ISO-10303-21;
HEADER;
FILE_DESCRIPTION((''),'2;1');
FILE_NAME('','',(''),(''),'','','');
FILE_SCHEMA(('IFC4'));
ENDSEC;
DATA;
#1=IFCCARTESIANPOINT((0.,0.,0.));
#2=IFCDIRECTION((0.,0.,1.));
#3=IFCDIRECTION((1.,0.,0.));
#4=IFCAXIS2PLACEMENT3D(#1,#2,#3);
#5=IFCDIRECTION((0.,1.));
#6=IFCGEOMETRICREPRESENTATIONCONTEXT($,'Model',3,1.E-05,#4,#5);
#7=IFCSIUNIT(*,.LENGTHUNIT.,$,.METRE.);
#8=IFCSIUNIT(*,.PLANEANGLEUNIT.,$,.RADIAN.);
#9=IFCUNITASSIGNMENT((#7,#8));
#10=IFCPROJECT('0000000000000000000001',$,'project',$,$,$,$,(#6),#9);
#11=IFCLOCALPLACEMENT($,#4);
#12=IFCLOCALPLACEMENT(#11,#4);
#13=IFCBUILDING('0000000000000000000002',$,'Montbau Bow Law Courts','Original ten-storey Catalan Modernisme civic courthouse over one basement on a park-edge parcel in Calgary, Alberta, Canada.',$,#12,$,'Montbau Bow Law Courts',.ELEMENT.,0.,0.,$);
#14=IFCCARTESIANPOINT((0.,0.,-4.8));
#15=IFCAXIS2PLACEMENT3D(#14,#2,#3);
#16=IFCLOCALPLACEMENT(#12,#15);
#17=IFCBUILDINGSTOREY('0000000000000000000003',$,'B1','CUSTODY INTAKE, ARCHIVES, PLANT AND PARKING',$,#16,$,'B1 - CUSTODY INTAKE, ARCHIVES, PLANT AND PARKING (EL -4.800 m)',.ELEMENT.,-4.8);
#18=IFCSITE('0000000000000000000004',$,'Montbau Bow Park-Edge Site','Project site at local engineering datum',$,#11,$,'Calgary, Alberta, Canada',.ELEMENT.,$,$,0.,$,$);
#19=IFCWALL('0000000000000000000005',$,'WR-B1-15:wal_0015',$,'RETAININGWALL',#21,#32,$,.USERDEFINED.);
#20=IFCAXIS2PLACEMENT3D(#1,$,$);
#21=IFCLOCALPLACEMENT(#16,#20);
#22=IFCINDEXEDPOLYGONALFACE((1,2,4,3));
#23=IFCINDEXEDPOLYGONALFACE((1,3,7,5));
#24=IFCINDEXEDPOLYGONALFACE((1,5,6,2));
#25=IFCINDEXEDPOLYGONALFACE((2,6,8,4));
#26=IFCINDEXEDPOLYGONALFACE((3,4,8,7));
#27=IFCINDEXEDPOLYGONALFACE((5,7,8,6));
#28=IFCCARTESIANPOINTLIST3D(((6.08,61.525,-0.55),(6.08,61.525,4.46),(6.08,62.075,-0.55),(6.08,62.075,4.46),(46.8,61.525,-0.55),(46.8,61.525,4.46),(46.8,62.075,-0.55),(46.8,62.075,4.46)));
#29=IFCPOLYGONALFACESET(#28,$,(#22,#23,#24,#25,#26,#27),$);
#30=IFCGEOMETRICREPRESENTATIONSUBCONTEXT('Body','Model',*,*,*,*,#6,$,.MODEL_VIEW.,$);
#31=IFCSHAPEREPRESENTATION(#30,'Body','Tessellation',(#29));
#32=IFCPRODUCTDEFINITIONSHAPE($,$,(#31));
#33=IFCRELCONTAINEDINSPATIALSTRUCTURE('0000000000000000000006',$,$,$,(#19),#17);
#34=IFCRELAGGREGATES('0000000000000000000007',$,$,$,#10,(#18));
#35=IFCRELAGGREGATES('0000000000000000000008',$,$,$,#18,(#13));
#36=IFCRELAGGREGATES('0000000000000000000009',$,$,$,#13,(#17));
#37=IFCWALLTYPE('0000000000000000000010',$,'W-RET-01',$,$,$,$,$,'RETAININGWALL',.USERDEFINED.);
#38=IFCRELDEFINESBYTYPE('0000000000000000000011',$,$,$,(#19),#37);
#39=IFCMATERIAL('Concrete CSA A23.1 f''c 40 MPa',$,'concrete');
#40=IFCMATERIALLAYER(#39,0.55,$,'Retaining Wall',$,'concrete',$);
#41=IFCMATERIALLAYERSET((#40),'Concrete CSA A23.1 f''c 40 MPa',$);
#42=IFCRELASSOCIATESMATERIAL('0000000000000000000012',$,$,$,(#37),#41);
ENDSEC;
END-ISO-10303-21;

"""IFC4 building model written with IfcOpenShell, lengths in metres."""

from ifc_helpers import new_model, si_unit, direction, frame, frame_2d, origin_with_axes, place, context, subcontext, project, spatial, rectangle, extrude, material, layer, layer_set, type_object, element, save


model = new_model("IFC4")

# Units and contexts
model_context = context("Model", 3, precision=1e-05, world=origin_with_axes(), true_north=direction((0.0, 1.0)))
body_context = subcontext(model_context, "Body", "Model", "MODEL_VIEW")
ifc_project = project(units=[si_unit("LENGTHUNIT", "METRE"), si_unit("PLANEANGLEUNIT", "RADIAN")], contexts=[model_context])

# Site, building, storey
site_placement = place(None, origin_with_axes())
site = spatial("IfcSite", under=ifc_project, at=site_placement, Name="Montbau Bow Park-Edge Site", Description="Project site at local engineering datum", LongName="Calgary, Alberta, Canada", CompositionType="ELEMENT", RefElevation=0.0)
building_placement = place(site_placement, origin_with_axes())
building = spatial("IfcBuilding", under=site, at=building_placement, Name="Montbau Bow Law Courts", Description="Original ten-storey Catalan Modernisme civic courthouse over one basement on a park-edge parcel in Calgary, Alberta, Canada.", LongName="Montbau Bow Law Courts", CompositionType="ELEMENT", ElevationOfRefHeight=0.0, ElevationOfTerrain=0.0)
storey_placement = place(building_placement, frame((0.0, 0.0, -4.8), z_axis=(0.0, 0.0, 1.0), x_axis=(1.0, 0.0, 0.0)))
storey = spatial("IfcBuildingStorey", under=building, at=storey_placement, Name="B1", Description="CUSTODY INTAKE, ARCHIVES, PLANT AND PARKING", LongName="B1 - CUSTODY INTAKE, ARCHIVES, PLANT AND PARKING (EL -4.800 m)", CompositionType="ELEMENT", Elevation=-4.8)

# Shared definitions
ifc_material_1 = material(Name="Concrete CSA A23.1 f'c 40 MPa", Category="concrete")

# Wall
ifc_layer_1 = layer(ifc_material_1, 0.55, Name="Retaining Wall", Category="concrete")
ifc_layer_set_1 = layer_set([ifc_layer_1], Name="Concrete CSA A23.1 f'c 40 MPa")
wall_type_1 = type_object("IfcWallType", Name="W-RET-01", ElementType="RETAININGWALL", PredefinedType="USERDEFINED", material=ifc_layer_set_1)
wall_1_placement = place(None, frame((46.8, 61.8, -5.35), z_axis=(0.0, 0.0, 1.0), x_axis=(-1.0, 0.0, 0.0)))
element("IfcWall", 1, at=wall_1_placement, inside=storey, type_object=wall_type_1, Name="WR-B1-15:wal_0015", ObjectType="RETAININGWALL", PredefinedType="USERDEFINED", context=body_context, shape_type="SweptSolid", body=[
    extrude(rectangle(XDim=40.72, YDim=0.55, at=frame_2d((20.36, 0.0), x_axis=(1.0, 0.0))), origin_with_axes(), (0.0, 0.0, 1.0), 5.01),
])

save(model, "model.ifc")
